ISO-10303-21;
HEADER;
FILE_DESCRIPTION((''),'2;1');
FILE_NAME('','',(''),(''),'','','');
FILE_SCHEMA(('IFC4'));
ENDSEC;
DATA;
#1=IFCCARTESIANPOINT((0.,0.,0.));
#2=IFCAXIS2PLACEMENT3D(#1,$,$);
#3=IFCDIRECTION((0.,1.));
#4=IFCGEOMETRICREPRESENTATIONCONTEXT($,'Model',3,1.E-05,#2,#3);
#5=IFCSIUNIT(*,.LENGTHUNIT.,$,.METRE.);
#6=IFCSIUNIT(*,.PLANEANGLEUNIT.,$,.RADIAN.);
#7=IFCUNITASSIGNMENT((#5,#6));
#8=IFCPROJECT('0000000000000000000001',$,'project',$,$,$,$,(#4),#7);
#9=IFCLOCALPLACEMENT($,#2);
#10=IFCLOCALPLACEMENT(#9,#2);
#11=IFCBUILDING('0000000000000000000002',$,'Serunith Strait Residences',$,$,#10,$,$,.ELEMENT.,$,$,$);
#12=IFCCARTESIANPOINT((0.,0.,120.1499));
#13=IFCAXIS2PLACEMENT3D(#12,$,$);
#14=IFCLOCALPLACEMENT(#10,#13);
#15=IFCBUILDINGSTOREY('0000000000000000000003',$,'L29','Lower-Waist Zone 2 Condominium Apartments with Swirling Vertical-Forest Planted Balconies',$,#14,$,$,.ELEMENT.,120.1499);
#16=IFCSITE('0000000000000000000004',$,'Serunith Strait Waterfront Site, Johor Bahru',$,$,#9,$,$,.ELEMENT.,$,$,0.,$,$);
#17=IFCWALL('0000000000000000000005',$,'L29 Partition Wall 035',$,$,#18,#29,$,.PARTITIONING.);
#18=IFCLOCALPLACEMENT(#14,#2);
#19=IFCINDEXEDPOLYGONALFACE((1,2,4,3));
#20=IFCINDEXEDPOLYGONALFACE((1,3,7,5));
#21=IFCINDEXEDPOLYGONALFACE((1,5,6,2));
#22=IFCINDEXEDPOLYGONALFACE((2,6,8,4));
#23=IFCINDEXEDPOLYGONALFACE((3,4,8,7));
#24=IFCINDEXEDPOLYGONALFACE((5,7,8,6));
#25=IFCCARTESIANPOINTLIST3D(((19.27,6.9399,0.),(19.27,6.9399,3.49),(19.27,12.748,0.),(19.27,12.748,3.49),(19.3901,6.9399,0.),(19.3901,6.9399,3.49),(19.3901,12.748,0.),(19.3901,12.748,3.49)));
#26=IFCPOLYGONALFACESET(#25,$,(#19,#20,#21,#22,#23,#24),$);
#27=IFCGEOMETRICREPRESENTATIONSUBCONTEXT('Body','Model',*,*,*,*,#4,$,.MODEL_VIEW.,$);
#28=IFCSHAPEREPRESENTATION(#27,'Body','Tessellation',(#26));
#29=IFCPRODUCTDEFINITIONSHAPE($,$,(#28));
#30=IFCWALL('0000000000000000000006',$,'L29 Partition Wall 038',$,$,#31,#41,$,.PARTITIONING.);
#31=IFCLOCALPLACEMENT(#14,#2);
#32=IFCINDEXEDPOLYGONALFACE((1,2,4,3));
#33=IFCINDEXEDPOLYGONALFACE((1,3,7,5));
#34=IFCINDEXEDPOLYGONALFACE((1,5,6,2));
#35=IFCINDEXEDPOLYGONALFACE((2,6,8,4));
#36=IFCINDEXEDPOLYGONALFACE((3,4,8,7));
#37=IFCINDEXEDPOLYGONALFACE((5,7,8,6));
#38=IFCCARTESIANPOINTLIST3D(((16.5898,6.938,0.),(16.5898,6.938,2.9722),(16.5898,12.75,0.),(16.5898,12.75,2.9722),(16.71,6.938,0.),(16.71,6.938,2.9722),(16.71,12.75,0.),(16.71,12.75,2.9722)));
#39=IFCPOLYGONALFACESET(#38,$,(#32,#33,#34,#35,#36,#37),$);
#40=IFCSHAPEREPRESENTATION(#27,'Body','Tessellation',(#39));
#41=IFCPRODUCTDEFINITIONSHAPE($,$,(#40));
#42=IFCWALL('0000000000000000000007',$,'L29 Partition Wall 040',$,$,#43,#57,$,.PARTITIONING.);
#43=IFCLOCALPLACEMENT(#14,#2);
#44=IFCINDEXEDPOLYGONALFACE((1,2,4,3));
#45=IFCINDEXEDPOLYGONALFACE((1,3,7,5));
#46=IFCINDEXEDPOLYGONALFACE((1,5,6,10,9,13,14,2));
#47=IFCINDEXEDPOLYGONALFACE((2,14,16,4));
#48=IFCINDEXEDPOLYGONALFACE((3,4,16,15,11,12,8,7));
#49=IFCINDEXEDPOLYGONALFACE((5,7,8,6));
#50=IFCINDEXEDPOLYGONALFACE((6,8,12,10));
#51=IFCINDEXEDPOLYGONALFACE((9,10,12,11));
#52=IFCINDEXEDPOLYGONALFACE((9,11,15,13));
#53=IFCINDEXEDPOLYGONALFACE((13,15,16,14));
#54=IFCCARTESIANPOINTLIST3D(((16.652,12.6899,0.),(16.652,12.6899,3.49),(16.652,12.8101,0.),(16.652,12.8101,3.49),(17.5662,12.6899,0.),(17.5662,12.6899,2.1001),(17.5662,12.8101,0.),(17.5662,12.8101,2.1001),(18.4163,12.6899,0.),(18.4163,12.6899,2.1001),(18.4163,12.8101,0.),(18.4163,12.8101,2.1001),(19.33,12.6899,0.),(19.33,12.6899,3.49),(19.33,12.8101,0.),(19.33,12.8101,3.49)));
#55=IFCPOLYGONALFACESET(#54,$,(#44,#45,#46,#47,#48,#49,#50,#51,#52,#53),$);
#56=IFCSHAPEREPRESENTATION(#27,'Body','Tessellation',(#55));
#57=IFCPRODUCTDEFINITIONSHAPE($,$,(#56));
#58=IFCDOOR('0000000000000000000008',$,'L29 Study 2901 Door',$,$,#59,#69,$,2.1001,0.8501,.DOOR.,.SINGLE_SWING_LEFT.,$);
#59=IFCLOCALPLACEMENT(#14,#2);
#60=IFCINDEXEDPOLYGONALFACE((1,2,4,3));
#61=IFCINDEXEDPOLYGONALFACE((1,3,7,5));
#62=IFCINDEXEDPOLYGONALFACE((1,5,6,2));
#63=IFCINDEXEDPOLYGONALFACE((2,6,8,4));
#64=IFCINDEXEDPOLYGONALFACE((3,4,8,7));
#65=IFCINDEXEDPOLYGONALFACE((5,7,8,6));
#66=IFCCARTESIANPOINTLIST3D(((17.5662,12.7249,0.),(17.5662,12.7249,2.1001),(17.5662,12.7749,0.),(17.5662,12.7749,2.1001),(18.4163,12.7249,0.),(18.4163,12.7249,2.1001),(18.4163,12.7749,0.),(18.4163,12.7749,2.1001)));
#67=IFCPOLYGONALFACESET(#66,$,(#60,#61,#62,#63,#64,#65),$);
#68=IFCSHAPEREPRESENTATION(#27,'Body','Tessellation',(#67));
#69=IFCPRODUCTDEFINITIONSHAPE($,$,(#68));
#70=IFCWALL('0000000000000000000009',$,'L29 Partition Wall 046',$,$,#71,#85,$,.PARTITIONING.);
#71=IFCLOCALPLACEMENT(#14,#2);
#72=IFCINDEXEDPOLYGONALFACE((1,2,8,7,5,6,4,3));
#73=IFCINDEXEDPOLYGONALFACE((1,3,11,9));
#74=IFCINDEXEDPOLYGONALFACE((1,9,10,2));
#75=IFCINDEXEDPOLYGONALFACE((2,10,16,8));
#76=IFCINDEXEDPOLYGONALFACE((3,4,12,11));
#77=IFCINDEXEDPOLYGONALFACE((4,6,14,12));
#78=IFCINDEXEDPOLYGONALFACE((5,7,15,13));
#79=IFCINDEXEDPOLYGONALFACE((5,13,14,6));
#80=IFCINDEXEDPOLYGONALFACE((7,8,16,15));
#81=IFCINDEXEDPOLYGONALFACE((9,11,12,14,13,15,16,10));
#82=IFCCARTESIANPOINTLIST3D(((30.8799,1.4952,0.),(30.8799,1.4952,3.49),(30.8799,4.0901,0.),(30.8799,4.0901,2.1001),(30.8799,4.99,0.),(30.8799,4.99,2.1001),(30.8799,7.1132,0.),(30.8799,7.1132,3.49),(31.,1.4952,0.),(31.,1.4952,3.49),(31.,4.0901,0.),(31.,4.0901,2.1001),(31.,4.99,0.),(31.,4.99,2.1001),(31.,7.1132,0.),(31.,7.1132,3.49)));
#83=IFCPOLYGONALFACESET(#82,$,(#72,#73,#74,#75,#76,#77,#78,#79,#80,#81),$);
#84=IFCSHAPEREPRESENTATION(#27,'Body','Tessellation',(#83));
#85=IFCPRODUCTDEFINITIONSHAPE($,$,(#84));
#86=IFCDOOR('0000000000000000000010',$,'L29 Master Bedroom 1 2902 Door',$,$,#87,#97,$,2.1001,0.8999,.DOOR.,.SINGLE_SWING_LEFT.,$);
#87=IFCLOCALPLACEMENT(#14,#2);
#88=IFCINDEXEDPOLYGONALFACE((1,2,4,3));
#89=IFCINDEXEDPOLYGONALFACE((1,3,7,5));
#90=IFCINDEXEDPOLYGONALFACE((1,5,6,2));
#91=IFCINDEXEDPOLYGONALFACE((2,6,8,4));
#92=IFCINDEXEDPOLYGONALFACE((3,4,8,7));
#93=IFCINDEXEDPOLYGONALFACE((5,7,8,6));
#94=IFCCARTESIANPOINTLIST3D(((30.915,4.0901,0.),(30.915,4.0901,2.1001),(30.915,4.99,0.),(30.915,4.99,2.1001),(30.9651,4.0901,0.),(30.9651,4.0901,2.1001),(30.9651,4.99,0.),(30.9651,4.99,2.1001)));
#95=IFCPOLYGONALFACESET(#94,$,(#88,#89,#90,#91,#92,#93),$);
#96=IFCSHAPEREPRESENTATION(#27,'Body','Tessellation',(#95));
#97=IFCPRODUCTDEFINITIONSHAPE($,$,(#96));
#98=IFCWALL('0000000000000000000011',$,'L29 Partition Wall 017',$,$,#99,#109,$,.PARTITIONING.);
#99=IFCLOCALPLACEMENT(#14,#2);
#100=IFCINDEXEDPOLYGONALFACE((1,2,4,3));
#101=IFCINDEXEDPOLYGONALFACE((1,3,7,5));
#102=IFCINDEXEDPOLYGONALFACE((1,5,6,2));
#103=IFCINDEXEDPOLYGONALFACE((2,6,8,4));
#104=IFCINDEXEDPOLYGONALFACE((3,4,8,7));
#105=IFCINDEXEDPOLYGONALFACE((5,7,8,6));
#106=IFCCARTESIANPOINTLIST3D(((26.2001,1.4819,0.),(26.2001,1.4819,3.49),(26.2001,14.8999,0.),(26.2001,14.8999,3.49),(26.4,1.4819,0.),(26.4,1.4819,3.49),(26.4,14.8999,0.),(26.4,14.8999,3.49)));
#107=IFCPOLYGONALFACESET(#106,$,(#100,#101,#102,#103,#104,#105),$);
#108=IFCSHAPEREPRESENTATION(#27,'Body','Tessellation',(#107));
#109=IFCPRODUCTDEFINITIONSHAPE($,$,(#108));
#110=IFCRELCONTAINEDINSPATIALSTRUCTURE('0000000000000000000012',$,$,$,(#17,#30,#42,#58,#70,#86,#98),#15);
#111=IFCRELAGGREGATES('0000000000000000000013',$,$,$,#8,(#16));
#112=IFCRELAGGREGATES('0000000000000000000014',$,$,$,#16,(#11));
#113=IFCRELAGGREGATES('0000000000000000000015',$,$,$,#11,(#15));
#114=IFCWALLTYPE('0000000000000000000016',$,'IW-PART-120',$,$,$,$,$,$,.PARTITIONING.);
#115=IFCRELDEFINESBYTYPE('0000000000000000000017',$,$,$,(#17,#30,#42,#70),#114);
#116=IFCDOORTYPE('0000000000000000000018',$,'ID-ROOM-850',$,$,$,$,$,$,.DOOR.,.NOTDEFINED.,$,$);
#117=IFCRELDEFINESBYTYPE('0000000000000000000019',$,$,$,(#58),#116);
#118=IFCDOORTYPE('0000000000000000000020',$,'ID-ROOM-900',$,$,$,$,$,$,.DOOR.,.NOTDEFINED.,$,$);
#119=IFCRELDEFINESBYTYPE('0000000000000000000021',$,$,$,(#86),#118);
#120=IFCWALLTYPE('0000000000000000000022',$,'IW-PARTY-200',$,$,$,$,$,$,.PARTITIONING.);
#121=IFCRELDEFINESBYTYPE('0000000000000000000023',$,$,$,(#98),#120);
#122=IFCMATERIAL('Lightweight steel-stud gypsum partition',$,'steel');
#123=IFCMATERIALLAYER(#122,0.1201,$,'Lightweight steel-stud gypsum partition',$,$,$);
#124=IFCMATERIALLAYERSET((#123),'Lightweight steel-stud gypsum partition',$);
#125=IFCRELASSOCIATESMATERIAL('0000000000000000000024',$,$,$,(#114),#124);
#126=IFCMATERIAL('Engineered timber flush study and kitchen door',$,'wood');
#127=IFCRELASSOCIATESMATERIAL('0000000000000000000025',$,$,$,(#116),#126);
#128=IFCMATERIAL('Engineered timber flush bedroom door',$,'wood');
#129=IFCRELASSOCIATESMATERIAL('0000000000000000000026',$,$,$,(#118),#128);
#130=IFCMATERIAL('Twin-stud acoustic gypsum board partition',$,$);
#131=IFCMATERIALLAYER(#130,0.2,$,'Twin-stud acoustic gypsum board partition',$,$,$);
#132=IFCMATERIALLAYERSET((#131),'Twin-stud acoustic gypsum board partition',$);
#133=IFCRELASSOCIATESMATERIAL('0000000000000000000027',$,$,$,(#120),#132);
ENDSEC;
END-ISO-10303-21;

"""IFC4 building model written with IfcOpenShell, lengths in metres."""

from ifc_helpers import new_model, si_unit, direction, frame, frame_2d, origin, place, context, subcontext, project, spatial, rectangle, extrude, source, transform, mapped, material, layer, layer_set, type_object, element, fill, save


model = new_model("IFC4")

# Units and contexts
model_context = context("Model", 3, precision=1e-05, world=origin(), true_north=direction((0.0, 1.0)))
body_context = subcontext(model_context, "Body", "Model", "MODEL_VIEW")
ifc_project = project(units=[si_unit("LENGTHUNIT", "METRE"), si_unit("PLANEANGLEUNIT", "RADIAN")], contexts=[model_context])

# Site, building, storey
site_placement = place(None, origin())
site = spatial("IfcSite", under=ifc_project, at=site_placement, Name="Serunith Strait Waterfront Site, Johor Bahru", CompositionType="ELEMENT", RefElevation=0.0)
building_placement = place(site_placement, origin())
building = spatial("IfcBuilding", under=site, at=building_placement, Name="Serunith Strait Residences", CompositionType="ELEMENT")
storey_placement = place(building_placement, frame((0.0, 0.0, 120.1499)))
storey = spatial("IfcBuildingStorey", under=building, at=storey_placement, Name="L29", Description="Lower-Waist Zone 2 Condominium Apartments with Swirling Vertical-Forest Planted Balconies", CompositionType="ELEMENT", Elevation=120.1499)

# Shared definitions
ifc_material_1 = material(Name="Lightweight steel-stud gypsum partition", Category="steel")
ifc_layer_1 = layer(ifc_material_1, 0.1201, Name="Lightweight steel-stud gypsum partition")
ifc_layer_set_1 = layer_set([ifc_layer_1], Name="Lightweight steel-stud gypsum partition")
wall_type_1 = type_object("IfcWallType", Name="IW-PART-120", PredefinedType="PARTITIONING", material=ifc_layer_set_1)
ifc_material_2 = material(Name="Engineered timber flush study and kitchen door", Category="wood")
door_type_1 = type_object("IfcDoorType", Name="ID-ROOM-850", OperationType="NOTDEFINED", PredefinedType="DOOR", material=ifc_material_2)
shared_shape_1 = source(origin(), body_context, "Body", "SweptSolid", [
    extrude(rectangle(XDim=0.8501, YDim=2.1001, at=frame_2d((0.425, 1.05))), frame((0.0, 0.0249, 0.0), z_axis=(0.0, -1.0, 0.0), x_axis=(1.0, 0.0, 0.0)), (0.0, 0.0, 1.0), 0.05),
])

# Shared definitions
ifc_material_3 = material(Name="Engineered timber flush bedroom door", Category="wood")
door_type_2 = type_object("IfcDoorType", Name="ID-ROOM-900", OperationType="NOTDEFINED", PredefinedType="DOOR", material=ifc_material_3)
shared_shape_2 = source(origin(), body_context, "Body", "SweptSolid", [
    extrude(rectangle(XDim=0.8999, YDim=2.1001, at=frame_2d((0.45, 1.05))), frame((0.0, 0.0249, 0.0), z_axis=(0.0, -1.0, 0.0), x_axis=(1.0, 0.0, 0.0)), (0.0, 0.0, 1.0), 0.05),
])

# Walls
wall_1_placement = place(storey_placement, frame((19.3301, 6.9399, 0.0), z_axis=(0.0, 0.0, 1.0), x_axis=(0.0, 1.0, 0.0)))
element("IfcWall", 1, at=wall_1_placement, inside=storey, type_object=wall_type_1, Name="L29 Partition Wall 035", PredefinedType="PARTITIONING", context=body_context, shape_type="SweptSolid", body=[
    extrude(rectangle(XDim=5.8081, YDim=0.1201, at=frame_2d((2.9041, 0.0))), origin(), (0.0, 0.0, 1.0), 3.49),
])
wall_2_placement = place(storey_placement, frame((16.6499, 6.938, 0.0), z_axis=(0.0, 0.0, 1.0), x_axis=(0.0, 1.0, 0.0)))
element("IfcWall", 2, at=wall_2_placement, inside=storey, type_object=wall_type_1, Name="L29 Partition Wall 038", PredefinedType="PARTITIONING", context=body_context, shape_type="SweptSolid", body=[
    extrude(rectangle(XDim=5.812, YDim=0.1201, at=frame_2d((2.906, 0.0))), origin(), (0.0, 0.0, 1.0), 2.9722),
])

# Walls, openings, doors
wall_3_placement = place(storey_placement, frame((16.6521, 12.75, 0.0), z_axis=(0.0, 0.0, 1.0), x_axis=(1.0, 0.0, 0.0)))
wall_3 = element("IfcWall", 3, at=wall_3_placement, inside=storey, type_object=wall_type_1, Name="L29 Partition Wall 040", PredefinedType="PARTITIONING", context=body_context, shape_type="SweptSolid", body=[
    extrude(rectangle(XDim=2.678, YDim=0.1201, at=frame_2d((1.3389, 0.0))), origin(), (0.0, 0.0, 1.0), 3.49),
])
opening_1_placement = place(wall_3_placement, frame((0.9141, 0.0, 0.0)))
opening_1 = element("IfcOpeningElement", 4, at=opening_1_placement, cuts=wall_3, PredefinedType="OPENING", context=body_context, shape_type="SweptSolid", body=[
    extrude(rectangle(XDim=0.8501, YDim=2.1001, at=frame_2d((0.425, 1.05))), frame((0.0, 0.0701, 0.0), z_axis=(0.0, -1.0, 0.0), x_axis=(1.0, 0.0, 0.0)), (0.0, 0.0, 1.0), 0.1401),
])
door_1_placement = place(opening_1_placement, origin())
door_1 = element("IfcDoor", 5, at=door_1_placement, inside=storey, type_object=door_type_1, Name="L29 Study 2901 Door", OperationType="SINGLE_SWING_LEFT", OverallHeight=2.1001, OverallWidth=0.8501, PredefinedType="DOOR", context=body_context, shape_type="MappedRepresentation", body=[
    mapped(shared_shape_1, transform((0.0, 0.0, 0.0), scale=1.0)),
])
fill(opening_1, door_1)
wall_4_placement = place(storey_placement, frame((30.9399, 1.4951, 0.0), z_axis=(0.0, 0.0, 1.0), x_axis=(0.0, 1.0, 0.0)))
wall_4 = element("IfcWall", 6, at=wall_4_placement, inside=storey, type_object=wall_type_1, Name="L29 Partition Wall 046", PredefinedType="PARTITIONING", context=body_context, shape_type="SweptSolid", body=[
    extrude(rectangle(XDim=5.6179, YDim=0.1201, at=frame_2d((2.8091, 0.0))), origin(), (0.0, 0.0, 1.0), 3.49),
])
opening_2_placement = place(wall_4_placement, frame((2.595, 0.0, 0.0)))
opening_2 = element("IfcOpeningElement", 7, at=opening_2_placement, cuts=wall_4, PredefinedType="OPENING", context=body_context, shape_type="SweptSolid", body=[
    extrude(rectangle(XDim=0.8999, YDim=2.1001, at=frame_2d((0.45, 1.05))), frame((0.0, 0.0701, 0.0), z_axis=(0.0, -1.0, 0.0), x_axis=(1.0, 0.0, 0.0)), (0.0, 0.0, 1.0), 0.1401),
])
door_2_placement = place(opening_2_placement, origin())
door_2 = element("IfcDoor", 8, at=door_2_placement, inside=storey, type_object=door_type_2, Name="L29 Master Bedroom 1 2902 Door", OperationType="SINGLE_SWING_LEFT", OverallHeight=2.1001, OverallWidth=0.8999, PredefinedType="DOOR", context=body_context, shape_type="MappedRepresentation", body=[
    mapped(shared_shape_2, transform((0.0, 0.0, 0.0), scale=1.0)),
])
fill(opening_2, door_2)

# Wall
ifc_material_4 = material(Name="Twin-stud acoustic gypsum board partition")
ifc_layer_2 = layer(ifc_material_4, 0.2, Name="Twin-stud acoustic gypsum board partition")
ifc_layer_set_2 = layer_set([ifc_layer_2], Name="Twin-stud acoustic gypsum board partition")
wall_type_2 = type_object("IfcWallType", Name="IW-PARTY-200", PredefinedType="PARTITIONING", material=ifc_layer_set_2)
wall_5_placement = place(storey_placement, frame((26.3, 1.4819, 0.0), z_axis=(0.0, 0.0, 1.0), x_axis=(0.0, 1.0, 0.0)))
element("IfcWall", 9, at=wall_5_placement, inside=storey, type_object=wall_type_2, Name="L29 Partition Wall 017", PredefinedType="PARTITIONING", context=body_context, shape_type="SweptSolid", body=[
    extrude(rectangle(XDim=13.418, YDim=0.2, at=frame_2d((6.709, 0.0))), origin(), (0.0, 0.0, 1.0), 3.49),
])

save(model, "model.ifc")
